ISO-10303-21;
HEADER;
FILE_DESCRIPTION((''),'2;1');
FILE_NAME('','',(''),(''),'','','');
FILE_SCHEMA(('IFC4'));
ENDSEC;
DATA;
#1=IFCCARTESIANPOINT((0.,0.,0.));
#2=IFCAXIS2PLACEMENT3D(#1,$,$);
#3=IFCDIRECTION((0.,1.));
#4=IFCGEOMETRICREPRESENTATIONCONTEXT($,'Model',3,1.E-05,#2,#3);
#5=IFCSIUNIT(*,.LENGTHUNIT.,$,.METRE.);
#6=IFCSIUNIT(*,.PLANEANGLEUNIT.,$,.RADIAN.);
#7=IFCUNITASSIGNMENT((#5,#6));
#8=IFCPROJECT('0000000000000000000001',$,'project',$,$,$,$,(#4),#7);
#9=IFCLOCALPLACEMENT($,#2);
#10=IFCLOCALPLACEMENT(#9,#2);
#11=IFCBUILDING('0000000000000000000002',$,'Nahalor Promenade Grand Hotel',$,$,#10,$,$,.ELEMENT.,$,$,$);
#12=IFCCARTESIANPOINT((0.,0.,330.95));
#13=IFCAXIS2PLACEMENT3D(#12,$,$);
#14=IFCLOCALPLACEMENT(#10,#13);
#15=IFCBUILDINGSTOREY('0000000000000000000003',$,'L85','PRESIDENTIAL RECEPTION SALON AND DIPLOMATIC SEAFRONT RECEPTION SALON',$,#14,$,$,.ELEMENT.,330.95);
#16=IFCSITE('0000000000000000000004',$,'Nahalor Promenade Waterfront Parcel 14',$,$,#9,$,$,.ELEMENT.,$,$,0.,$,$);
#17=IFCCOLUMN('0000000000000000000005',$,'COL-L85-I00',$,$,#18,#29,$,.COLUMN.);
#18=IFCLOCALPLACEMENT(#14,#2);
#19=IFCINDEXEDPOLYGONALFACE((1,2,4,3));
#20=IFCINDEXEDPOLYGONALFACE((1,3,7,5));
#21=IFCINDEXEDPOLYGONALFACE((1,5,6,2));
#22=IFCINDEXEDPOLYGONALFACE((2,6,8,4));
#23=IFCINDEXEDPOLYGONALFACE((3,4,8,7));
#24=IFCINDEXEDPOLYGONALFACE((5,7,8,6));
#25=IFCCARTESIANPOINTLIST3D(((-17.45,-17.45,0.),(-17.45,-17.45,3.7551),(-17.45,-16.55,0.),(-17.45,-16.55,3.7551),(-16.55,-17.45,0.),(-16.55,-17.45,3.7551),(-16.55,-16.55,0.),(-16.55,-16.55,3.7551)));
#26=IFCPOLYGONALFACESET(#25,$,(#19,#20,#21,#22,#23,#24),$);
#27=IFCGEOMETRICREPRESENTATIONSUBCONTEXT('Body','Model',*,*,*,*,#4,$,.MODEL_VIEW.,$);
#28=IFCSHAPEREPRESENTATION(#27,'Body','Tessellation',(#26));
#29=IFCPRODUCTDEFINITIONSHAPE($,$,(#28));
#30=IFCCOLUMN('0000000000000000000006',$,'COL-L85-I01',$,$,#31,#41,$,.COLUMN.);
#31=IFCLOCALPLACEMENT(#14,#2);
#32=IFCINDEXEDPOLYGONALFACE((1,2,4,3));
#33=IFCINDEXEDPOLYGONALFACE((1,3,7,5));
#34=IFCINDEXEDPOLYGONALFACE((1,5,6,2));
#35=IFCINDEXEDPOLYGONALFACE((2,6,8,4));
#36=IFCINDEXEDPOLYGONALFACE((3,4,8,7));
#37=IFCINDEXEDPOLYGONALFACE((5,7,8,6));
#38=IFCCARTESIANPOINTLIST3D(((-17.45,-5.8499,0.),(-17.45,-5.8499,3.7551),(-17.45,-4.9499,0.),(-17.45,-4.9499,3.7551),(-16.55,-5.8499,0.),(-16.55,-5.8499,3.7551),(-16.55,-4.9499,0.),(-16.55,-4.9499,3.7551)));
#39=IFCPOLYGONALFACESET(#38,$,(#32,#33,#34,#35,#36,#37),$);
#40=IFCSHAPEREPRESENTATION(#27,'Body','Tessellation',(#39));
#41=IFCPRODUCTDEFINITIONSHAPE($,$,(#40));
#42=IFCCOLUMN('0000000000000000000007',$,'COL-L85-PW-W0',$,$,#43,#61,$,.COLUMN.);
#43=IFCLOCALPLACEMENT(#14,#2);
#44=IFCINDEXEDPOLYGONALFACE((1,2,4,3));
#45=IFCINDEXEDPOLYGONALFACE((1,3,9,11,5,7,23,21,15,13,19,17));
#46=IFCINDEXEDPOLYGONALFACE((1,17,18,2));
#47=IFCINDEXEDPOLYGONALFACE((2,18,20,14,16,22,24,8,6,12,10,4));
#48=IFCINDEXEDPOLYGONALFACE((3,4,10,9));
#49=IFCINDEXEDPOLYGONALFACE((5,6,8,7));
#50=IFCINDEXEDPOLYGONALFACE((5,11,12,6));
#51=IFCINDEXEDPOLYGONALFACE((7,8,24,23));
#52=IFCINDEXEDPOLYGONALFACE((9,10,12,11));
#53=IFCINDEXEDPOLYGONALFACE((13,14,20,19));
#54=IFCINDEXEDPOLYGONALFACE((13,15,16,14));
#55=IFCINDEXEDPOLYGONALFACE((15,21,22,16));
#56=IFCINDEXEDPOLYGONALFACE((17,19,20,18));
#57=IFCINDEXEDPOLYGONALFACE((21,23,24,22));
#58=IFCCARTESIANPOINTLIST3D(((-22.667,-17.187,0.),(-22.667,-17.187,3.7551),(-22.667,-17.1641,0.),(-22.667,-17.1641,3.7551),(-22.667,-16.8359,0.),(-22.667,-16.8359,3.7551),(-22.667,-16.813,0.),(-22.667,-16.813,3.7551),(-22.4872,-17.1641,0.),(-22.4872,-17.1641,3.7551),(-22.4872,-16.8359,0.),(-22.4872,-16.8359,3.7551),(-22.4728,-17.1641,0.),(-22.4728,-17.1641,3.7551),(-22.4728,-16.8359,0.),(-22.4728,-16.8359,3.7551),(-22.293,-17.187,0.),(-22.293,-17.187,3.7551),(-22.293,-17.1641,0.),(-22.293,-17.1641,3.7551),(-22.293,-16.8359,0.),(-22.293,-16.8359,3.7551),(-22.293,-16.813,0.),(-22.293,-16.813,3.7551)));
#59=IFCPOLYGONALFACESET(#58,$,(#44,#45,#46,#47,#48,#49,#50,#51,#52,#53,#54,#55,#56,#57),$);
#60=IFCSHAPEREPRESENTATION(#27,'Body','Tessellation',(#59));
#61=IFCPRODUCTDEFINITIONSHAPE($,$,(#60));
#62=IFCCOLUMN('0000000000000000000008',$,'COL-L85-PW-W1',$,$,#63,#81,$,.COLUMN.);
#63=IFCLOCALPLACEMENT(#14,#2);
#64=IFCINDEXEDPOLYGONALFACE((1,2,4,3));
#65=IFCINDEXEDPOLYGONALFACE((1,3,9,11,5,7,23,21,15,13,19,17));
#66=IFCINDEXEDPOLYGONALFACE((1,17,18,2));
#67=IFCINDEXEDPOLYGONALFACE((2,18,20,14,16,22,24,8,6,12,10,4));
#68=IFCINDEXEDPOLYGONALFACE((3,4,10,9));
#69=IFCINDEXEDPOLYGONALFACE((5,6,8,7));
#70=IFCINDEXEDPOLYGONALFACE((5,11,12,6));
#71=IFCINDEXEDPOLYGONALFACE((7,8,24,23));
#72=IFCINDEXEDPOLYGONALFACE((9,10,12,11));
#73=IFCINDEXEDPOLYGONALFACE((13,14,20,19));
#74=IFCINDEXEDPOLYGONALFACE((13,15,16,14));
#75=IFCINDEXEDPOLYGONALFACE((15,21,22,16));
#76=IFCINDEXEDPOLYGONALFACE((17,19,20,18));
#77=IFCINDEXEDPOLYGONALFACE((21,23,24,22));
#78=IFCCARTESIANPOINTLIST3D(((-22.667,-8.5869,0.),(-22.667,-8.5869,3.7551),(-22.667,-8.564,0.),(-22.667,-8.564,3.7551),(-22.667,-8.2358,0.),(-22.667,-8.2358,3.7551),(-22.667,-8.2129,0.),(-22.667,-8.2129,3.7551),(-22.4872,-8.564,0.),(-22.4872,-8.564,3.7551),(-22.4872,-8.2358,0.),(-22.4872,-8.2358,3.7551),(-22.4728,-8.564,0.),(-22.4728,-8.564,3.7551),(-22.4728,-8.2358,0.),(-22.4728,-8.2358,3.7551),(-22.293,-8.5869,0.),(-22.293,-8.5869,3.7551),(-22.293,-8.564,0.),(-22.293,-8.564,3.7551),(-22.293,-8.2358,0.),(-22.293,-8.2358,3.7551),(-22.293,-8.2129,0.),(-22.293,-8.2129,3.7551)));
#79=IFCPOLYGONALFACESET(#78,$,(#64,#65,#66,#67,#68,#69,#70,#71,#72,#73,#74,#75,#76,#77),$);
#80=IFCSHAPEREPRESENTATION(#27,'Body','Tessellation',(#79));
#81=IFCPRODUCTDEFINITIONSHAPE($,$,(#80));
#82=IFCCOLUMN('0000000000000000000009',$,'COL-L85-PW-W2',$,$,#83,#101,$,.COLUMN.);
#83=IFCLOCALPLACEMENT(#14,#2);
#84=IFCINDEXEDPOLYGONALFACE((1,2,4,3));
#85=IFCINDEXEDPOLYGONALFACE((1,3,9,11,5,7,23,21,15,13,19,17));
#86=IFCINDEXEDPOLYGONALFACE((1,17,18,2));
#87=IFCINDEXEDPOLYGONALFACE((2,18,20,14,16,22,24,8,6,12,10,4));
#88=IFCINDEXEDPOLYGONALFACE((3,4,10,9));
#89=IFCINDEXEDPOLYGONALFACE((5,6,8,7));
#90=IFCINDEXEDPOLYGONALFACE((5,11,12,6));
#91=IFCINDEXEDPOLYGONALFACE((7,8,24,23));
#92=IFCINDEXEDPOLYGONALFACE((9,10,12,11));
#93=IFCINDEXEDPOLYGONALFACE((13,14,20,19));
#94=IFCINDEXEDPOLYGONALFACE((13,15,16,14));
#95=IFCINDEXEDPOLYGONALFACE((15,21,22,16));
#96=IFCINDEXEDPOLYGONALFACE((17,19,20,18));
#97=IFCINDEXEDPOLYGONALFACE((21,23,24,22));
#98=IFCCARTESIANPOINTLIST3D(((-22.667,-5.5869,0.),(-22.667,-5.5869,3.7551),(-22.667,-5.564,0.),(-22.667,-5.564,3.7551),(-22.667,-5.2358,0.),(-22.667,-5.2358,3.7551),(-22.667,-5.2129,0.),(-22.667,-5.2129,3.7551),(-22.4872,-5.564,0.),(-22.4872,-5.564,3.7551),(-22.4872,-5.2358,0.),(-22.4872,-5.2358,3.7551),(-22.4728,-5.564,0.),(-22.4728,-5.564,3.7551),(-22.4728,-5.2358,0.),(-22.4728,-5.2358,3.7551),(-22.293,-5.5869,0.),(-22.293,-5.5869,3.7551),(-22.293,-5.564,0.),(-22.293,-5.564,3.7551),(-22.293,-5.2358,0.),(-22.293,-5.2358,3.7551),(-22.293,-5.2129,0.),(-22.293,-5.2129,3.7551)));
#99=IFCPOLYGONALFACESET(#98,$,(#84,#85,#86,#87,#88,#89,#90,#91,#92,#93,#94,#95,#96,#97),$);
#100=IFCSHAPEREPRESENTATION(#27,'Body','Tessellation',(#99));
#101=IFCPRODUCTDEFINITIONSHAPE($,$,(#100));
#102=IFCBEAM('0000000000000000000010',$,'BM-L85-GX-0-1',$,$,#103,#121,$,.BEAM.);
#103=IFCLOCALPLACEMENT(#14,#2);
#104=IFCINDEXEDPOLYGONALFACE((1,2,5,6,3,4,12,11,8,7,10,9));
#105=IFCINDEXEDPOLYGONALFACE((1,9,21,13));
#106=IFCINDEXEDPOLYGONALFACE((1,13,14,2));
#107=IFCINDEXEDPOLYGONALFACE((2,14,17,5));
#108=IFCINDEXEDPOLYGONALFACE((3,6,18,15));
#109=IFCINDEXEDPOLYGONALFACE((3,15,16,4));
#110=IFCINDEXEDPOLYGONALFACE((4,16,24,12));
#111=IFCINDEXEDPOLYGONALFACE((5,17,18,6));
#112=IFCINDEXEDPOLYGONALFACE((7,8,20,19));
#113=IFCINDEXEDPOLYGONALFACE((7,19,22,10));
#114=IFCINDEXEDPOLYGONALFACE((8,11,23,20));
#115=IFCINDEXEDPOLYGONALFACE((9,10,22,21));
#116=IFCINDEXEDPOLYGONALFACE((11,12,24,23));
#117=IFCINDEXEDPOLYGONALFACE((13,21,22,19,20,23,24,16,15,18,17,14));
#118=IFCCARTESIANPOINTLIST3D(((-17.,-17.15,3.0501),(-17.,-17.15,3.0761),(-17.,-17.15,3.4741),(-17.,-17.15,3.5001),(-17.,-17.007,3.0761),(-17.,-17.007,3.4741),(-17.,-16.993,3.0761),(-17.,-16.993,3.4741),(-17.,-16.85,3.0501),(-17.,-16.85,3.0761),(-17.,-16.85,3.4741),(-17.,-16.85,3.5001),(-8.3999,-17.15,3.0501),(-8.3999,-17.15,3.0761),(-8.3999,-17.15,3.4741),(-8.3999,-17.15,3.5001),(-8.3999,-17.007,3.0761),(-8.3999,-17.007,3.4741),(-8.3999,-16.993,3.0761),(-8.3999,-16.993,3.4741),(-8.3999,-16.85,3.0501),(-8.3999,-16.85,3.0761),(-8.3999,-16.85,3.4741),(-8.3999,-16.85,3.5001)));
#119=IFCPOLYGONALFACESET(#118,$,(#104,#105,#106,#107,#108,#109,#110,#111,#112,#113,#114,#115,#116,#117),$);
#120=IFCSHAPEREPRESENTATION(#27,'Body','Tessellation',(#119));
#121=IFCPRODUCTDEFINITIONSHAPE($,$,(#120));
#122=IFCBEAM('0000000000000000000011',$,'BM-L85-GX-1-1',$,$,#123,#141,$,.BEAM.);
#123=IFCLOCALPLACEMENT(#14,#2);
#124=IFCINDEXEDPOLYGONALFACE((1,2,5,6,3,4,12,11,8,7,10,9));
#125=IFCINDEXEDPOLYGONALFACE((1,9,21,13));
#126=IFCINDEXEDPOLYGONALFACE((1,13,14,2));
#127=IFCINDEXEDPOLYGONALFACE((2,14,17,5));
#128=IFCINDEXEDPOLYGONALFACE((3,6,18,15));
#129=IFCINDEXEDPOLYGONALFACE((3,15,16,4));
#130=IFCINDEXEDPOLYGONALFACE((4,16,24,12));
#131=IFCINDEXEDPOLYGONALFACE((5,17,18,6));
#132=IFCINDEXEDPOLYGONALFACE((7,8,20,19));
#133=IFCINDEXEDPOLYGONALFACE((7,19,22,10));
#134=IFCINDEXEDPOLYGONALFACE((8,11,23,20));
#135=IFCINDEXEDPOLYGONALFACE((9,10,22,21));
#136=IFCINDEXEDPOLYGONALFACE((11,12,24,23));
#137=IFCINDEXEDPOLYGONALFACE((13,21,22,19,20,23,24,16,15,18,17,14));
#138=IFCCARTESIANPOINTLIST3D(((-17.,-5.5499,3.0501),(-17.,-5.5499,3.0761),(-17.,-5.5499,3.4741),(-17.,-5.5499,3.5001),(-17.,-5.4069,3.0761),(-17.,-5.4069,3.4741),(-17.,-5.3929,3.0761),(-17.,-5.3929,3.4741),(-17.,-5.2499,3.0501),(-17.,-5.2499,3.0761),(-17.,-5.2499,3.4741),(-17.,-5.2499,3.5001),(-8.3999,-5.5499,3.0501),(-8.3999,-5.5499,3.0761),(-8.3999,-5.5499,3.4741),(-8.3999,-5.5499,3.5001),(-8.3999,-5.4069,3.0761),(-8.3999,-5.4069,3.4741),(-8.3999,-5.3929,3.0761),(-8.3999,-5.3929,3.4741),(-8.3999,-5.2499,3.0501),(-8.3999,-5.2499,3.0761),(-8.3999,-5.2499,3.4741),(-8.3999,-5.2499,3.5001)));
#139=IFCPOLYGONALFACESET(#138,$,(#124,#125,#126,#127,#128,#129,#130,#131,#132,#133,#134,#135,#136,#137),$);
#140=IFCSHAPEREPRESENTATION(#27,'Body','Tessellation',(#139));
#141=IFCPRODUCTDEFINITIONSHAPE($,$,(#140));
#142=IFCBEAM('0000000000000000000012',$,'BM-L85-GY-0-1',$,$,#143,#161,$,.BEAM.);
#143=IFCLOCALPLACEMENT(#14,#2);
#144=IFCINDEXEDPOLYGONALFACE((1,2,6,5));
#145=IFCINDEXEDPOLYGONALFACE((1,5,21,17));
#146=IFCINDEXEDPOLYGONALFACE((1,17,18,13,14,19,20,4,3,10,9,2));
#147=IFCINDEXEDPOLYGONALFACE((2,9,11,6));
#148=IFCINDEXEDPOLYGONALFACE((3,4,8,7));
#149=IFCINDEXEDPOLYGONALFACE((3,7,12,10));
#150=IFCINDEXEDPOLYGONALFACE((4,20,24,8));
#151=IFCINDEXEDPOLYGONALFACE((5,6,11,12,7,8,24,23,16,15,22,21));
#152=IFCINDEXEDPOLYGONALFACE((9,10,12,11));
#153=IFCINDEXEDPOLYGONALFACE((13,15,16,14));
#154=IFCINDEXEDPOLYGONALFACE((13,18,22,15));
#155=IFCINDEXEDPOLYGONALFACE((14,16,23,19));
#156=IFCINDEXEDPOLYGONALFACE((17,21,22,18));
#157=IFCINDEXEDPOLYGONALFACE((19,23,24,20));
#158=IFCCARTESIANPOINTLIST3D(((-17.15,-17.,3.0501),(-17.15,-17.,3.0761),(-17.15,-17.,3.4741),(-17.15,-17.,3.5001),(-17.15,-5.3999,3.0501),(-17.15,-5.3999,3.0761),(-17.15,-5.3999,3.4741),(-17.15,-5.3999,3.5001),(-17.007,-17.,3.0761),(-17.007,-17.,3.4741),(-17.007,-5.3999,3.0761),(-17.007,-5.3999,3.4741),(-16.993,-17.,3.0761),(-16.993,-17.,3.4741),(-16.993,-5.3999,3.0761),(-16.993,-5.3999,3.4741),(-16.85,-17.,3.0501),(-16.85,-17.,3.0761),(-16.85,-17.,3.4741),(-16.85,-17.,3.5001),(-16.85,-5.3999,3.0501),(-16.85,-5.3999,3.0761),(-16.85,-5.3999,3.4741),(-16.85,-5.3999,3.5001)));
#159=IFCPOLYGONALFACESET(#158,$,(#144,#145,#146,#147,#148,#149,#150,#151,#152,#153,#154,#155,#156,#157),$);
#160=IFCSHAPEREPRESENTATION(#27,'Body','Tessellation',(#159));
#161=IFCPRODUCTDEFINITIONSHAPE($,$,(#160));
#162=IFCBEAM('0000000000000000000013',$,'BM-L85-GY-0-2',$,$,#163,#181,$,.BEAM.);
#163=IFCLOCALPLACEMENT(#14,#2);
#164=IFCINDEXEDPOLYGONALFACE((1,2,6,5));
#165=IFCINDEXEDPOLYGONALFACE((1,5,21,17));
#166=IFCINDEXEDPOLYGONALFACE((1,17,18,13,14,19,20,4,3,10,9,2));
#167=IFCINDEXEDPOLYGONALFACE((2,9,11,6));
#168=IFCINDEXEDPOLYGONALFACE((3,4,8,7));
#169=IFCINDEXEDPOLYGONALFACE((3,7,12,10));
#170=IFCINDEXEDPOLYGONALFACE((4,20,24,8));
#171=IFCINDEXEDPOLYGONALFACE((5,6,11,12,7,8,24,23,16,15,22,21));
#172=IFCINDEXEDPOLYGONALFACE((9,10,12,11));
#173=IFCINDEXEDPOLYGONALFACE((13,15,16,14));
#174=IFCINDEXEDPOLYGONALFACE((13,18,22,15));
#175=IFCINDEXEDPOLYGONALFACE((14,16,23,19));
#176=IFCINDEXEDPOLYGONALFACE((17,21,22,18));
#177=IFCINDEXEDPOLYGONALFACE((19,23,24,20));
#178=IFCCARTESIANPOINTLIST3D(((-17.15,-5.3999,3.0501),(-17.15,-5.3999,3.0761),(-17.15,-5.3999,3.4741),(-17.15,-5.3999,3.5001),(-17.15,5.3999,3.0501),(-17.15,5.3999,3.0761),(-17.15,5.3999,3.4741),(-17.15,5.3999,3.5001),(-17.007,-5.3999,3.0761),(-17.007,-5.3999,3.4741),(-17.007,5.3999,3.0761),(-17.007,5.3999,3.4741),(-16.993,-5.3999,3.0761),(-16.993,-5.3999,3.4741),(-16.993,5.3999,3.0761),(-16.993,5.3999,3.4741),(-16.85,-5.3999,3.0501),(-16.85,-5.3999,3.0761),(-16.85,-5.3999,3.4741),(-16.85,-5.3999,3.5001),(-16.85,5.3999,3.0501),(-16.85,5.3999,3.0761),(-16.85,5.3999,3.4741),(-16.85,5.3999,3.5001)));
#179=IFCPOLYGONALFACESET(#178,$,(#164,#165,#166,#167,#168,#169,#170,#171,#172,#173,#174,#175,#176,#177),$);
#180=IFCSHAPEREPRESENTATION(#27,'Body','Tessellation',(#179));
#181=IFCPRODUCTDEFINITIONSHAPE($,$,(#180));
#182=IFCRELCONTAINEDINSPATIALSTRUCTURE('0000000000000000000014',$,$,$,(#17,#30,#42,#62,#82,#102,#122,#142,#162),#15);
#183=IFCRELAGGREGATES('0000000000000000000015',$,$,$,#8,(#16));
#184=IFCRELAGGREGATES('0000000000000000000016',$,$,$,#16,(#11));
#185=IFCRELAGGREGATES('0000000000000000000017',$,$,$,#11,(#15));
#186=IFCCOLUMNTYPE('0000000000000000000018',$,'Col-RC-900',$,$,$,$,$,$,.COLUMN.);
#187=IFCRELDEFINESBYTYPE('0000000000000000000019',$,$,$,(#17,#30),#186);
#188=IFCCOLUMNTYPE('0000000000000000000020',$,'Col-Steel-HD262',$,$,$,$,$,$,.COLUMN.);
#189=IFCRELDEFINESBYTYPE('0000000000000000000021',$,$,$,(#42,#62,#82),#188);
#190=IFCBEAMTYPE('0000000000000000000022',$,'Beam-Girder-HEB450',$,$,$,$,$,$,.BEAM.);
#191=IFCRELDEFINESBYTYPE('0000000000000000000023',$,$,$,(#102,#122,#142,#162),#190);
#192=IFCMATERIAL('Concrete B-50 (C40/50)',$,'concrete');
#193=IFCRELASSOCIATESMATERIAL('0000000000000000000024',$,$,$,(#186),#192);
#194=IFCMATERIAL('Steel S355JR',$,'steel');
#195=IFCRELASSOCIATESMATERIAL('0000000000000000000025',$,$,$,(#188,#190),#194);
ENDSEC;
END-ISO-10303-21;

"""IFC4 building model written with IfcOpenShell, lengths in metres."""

from ifc_helpers import new_model, si_unit, direction, frame, origin, origin_2d, place, context, subcontext, project, spatial, rectangle, i_section, extrude, source, transform, mapped, material, material_profile, profile_set, type_object, element, save


model = new_model("IFC4")

# Units and contexts
model_context = context("Model", 3, precision=1e-05, world=origin(), true_north=direction((0.0, 1.0)))
body_context = subcontext(model_context, "Body", "Model", "MODEL_VIEW")
ifc_project = project(units=[si_unit("LENGTHUNIT", "METRE"), si_unit("PLANEANGLEUNIT", "RADIAN")], contexts=[model_context])

# Site, building, storey
site_placement = place(None, origin())
site = spatial("IfcSite", under=ifc_project, at=site_placement, Name="Nahalor Promenade Waterfront Parcel 14", CompositionType="ELEMENT", RefElevation=0.0)
building_placement = place(site_placement, origin())
building = spatial("IfcBuilding", under=site, at=building_placement, Name="Nahalor Promenade Grand Hotel", CompositionType="ELEMENT")
storey_placement = place(building_placement, frame((0.0, 0.0, 330.95)))
storey = spatial("IfcBuildingStorey", under=building, at=storey_placement, Name="L85", Description="PRESIDENTIAL RECEPTION SALON AND DIPLOMATIC SEAFRONT RECEPTION SALON", CompositionType="ELEMENT", Elevation=330.95)

# Columns
ifc_material_1 = material(Name="Concrete B-50 (C40/50)", Category="concrete")
ifc_material_profile_1 = material_profile(ifc_material_1, rectangle(XDim=0.9, YDim=0.9, at=origin_2d()), Name="RC 900x900")
ifc_profile_set_1 = profile_set([ifc_material_profile_1], Name="Concrete B-50 (C40/50)")
column_type_1 = type_object("IfcColumnType", Name="Col-RC-900", PredefinedType="COLUMN", material=ifc_profile_set_1)
shared_shape_1 = source(origin(), body_context, "Body", "SweptSolid", [
    extrude(rectangle(XDim=0.9, YDim=0.9, at=origin_2d()), origin(), (0.0, 0.0, 1.0), 3.7551),
])
for number, where, z_axis, x_axis, name in (
    (1, (-17.0, -17.0, 0.0), (0.0, 0.0, 1.0), (1.0, 0.0, 0.0), "COL-L85-I00"),
    (2, (-17.0, -5.3999, 0.0), (0.0, 0.0, 1.0), (1.0, 0.0, 0.0), "COL-L85-I01"),
):
    element("IfcColumn", number, at=place(storey_placement, frame(where, z_axis=z_axis, x_axis=x_axis)), inside=storey, type_object=column_type_1, Name=name, PredefinedType="COLUMN", context=body_context, shape_type="MappedRepresentation", body=[
        mapped(shared_shape_1, transform((0.0, 0.0, 0.0), scale=1.0)),
    ])
ifc_material_2 = material(Name="Steel S355JR", Category="steel")
ifc_material_profile_2 = material_profile(ifc_material_2, i_section(OverallWidth=0.374, OverallDepth=0.374, WebThickness=0.0144, FlangeThickness=0.0229, at=origin_2d()), Name="HD 360x262")
ifc_profile_set_2 = profile_set([ifc_material_profile_2], Name="Steel S355JR")
column_type_2 = type_object("IfcColumnType", Name="Col-Steel-HD262", PredefinedType="COLUMN", material=ifc_profile_set_2)
shared_shape_2 = source(origin(), body_context, "Body", "SweptSolid", [
    extrude(i_section(OverallWidth=0.374, OverallDepth=0.374, WebThickness=0.0144, FlangeThickness=0.0229, at=origin_2d()), origin(), (0.0, 0.0, 1.0), 3.7551),
])
for number, where, z_axis, x_axis, name in (
    (3, (-22.48, -17.0, 0.0), (0.0, 0.0, 1.0), (1.0, 0.0, 0.0), "COL-L85-PW-W0"),
    (4, (-22.48, -8.3999, 0.0), (0.0, 0.0, 1.0), (1.0, 0.0, 0.0), "COL-L85-PW-W1"),
    (5, (-22.48, -5.3999, 0.0), (0.0, 0.0, 1.0), (1.0, 0.0, 0.0), "COL-L85-PW-W2"),
):
    element("IfcColumn", number, at=place(storey_placement, frame(where, z_axis=z_axis, x_axis=x_axis)), inside=storey, type_object=column_type_2, Name=name, PredefinedType="COLUMN", context=body_context, shape_type="MappedRepresentation", body=[
        mapped(shared_shape_2, transform((0.0, 0.0, 0.0), scale=1.0)),
    ])

# Beams
ifc_material_profile_3 = material_profile(ifc_material_2, i_section(OverallWidth=0.3, OverallDepth=0.45, WebThickness=0.014, FlangeThickness=0.026, at=origin_2d()), Name="HEB 450")
ifc_profile_set_3 = profile_set([ifc_material_profile_3], Name="Steel S355JR")
beam_type_1 = type_object("IfcBeamType", Name="Beam-Girder-HEB450", PredefinedType="BEAM", material=ifc_profile_set_3)
shared_shape_3 = source(origin(), body_context, "Body", "SweptSolid", [
    extrude(i_section(OverallWidth=0.3, OverallDepth=0.45, WebThickness=0.014, FlangeThickness=0.026, at=origin_2d()), origin(), (0.0, 0.0, 1.0), 8.6001),
])
for number, where, z_axis, x_axis, name in (
    (6, (-17.0, -17.0, 3.2751), (1.0, 0.0, 0.0), (0.0, 1.0, 0.0), "BM-L85-GX-0-1"),
    (7, (-17.0, -5.3999, 3.2751), (1.0, 0.0, 0.0), (0.0, 1.0, 0.0), "BM-L85-GX-1-1"),
):
    element("IfcBeam", number, at=place(storey_placement, frame(where, z_axis=z_axis, x_axis=x_axis)), inside=storey, type_object=beam_type_1, Name=name, PredefinedType="BEAM", context=body_context, shape_type="MappedRepresentation", body=[
        mapped(shared_shape_3, transform((0.0, 0.0, 0.0), scale=1.0)),
    ])
shared_shape_4 = source(origin(), body_context, "Body", "SweptSolid", [
    extrude(i_section(OverallWidth=0.3, OverallDepth=0.45, WebThickness=0.014, FlangeThickness=0.026, at=origin_2d()), origin(), (0.0, 0.0, 1.0), 11.6001),
])
beam_1_placement = place(storey_placement, frame((-17.0, -17.0, 3.2751), z_axis=(0.0, 1.0, 0.0), x_axis=(-1.0, 0.0, 0.0)))
element("IfcBeam", 8, at=beam_1_placement, inside=storey, type_object=beam_type_1, Name="BM-L85-GY-0-1", PredefinedType="BEAM", context=body_context, shape_type="MappedRepresentation", body=[
    mapped(shared_shape_4, transform((0.0, 0.0, 0.0), scale=1.0)),
])
shared_shape_5 = source(origin(), body_context, "Body", "SweptSolid", [
    extrude(i_section(OverallWidth=0.3, OverallDepth=0.45, WebThickness=0.014, FlangeThickness=0.026, at=origin_2d()), origin(), (0.0, 0.0, 1.0), 10.7998),
])
beam_2_placement = place(storey_placement, frame((-17.0, -5.3999, 3.2751), z_axis=(0.0, 1.0, 0.0), x_axis=(-1.0, 0.0, 0.0)))
element("IfcBeam", 9, at=beam_2_placement, inside=storey, type_object=beam_type_1, Name="BM-L85-GY-0-2", PredefinedType="BEAM", context=body_context, shape_type="MappedRepresentation", body=[
    mapped(shared_shape_5, transform((0.0, 0.0, 0.0), scale=1.0)),
])

save(model, "model.ifc")
